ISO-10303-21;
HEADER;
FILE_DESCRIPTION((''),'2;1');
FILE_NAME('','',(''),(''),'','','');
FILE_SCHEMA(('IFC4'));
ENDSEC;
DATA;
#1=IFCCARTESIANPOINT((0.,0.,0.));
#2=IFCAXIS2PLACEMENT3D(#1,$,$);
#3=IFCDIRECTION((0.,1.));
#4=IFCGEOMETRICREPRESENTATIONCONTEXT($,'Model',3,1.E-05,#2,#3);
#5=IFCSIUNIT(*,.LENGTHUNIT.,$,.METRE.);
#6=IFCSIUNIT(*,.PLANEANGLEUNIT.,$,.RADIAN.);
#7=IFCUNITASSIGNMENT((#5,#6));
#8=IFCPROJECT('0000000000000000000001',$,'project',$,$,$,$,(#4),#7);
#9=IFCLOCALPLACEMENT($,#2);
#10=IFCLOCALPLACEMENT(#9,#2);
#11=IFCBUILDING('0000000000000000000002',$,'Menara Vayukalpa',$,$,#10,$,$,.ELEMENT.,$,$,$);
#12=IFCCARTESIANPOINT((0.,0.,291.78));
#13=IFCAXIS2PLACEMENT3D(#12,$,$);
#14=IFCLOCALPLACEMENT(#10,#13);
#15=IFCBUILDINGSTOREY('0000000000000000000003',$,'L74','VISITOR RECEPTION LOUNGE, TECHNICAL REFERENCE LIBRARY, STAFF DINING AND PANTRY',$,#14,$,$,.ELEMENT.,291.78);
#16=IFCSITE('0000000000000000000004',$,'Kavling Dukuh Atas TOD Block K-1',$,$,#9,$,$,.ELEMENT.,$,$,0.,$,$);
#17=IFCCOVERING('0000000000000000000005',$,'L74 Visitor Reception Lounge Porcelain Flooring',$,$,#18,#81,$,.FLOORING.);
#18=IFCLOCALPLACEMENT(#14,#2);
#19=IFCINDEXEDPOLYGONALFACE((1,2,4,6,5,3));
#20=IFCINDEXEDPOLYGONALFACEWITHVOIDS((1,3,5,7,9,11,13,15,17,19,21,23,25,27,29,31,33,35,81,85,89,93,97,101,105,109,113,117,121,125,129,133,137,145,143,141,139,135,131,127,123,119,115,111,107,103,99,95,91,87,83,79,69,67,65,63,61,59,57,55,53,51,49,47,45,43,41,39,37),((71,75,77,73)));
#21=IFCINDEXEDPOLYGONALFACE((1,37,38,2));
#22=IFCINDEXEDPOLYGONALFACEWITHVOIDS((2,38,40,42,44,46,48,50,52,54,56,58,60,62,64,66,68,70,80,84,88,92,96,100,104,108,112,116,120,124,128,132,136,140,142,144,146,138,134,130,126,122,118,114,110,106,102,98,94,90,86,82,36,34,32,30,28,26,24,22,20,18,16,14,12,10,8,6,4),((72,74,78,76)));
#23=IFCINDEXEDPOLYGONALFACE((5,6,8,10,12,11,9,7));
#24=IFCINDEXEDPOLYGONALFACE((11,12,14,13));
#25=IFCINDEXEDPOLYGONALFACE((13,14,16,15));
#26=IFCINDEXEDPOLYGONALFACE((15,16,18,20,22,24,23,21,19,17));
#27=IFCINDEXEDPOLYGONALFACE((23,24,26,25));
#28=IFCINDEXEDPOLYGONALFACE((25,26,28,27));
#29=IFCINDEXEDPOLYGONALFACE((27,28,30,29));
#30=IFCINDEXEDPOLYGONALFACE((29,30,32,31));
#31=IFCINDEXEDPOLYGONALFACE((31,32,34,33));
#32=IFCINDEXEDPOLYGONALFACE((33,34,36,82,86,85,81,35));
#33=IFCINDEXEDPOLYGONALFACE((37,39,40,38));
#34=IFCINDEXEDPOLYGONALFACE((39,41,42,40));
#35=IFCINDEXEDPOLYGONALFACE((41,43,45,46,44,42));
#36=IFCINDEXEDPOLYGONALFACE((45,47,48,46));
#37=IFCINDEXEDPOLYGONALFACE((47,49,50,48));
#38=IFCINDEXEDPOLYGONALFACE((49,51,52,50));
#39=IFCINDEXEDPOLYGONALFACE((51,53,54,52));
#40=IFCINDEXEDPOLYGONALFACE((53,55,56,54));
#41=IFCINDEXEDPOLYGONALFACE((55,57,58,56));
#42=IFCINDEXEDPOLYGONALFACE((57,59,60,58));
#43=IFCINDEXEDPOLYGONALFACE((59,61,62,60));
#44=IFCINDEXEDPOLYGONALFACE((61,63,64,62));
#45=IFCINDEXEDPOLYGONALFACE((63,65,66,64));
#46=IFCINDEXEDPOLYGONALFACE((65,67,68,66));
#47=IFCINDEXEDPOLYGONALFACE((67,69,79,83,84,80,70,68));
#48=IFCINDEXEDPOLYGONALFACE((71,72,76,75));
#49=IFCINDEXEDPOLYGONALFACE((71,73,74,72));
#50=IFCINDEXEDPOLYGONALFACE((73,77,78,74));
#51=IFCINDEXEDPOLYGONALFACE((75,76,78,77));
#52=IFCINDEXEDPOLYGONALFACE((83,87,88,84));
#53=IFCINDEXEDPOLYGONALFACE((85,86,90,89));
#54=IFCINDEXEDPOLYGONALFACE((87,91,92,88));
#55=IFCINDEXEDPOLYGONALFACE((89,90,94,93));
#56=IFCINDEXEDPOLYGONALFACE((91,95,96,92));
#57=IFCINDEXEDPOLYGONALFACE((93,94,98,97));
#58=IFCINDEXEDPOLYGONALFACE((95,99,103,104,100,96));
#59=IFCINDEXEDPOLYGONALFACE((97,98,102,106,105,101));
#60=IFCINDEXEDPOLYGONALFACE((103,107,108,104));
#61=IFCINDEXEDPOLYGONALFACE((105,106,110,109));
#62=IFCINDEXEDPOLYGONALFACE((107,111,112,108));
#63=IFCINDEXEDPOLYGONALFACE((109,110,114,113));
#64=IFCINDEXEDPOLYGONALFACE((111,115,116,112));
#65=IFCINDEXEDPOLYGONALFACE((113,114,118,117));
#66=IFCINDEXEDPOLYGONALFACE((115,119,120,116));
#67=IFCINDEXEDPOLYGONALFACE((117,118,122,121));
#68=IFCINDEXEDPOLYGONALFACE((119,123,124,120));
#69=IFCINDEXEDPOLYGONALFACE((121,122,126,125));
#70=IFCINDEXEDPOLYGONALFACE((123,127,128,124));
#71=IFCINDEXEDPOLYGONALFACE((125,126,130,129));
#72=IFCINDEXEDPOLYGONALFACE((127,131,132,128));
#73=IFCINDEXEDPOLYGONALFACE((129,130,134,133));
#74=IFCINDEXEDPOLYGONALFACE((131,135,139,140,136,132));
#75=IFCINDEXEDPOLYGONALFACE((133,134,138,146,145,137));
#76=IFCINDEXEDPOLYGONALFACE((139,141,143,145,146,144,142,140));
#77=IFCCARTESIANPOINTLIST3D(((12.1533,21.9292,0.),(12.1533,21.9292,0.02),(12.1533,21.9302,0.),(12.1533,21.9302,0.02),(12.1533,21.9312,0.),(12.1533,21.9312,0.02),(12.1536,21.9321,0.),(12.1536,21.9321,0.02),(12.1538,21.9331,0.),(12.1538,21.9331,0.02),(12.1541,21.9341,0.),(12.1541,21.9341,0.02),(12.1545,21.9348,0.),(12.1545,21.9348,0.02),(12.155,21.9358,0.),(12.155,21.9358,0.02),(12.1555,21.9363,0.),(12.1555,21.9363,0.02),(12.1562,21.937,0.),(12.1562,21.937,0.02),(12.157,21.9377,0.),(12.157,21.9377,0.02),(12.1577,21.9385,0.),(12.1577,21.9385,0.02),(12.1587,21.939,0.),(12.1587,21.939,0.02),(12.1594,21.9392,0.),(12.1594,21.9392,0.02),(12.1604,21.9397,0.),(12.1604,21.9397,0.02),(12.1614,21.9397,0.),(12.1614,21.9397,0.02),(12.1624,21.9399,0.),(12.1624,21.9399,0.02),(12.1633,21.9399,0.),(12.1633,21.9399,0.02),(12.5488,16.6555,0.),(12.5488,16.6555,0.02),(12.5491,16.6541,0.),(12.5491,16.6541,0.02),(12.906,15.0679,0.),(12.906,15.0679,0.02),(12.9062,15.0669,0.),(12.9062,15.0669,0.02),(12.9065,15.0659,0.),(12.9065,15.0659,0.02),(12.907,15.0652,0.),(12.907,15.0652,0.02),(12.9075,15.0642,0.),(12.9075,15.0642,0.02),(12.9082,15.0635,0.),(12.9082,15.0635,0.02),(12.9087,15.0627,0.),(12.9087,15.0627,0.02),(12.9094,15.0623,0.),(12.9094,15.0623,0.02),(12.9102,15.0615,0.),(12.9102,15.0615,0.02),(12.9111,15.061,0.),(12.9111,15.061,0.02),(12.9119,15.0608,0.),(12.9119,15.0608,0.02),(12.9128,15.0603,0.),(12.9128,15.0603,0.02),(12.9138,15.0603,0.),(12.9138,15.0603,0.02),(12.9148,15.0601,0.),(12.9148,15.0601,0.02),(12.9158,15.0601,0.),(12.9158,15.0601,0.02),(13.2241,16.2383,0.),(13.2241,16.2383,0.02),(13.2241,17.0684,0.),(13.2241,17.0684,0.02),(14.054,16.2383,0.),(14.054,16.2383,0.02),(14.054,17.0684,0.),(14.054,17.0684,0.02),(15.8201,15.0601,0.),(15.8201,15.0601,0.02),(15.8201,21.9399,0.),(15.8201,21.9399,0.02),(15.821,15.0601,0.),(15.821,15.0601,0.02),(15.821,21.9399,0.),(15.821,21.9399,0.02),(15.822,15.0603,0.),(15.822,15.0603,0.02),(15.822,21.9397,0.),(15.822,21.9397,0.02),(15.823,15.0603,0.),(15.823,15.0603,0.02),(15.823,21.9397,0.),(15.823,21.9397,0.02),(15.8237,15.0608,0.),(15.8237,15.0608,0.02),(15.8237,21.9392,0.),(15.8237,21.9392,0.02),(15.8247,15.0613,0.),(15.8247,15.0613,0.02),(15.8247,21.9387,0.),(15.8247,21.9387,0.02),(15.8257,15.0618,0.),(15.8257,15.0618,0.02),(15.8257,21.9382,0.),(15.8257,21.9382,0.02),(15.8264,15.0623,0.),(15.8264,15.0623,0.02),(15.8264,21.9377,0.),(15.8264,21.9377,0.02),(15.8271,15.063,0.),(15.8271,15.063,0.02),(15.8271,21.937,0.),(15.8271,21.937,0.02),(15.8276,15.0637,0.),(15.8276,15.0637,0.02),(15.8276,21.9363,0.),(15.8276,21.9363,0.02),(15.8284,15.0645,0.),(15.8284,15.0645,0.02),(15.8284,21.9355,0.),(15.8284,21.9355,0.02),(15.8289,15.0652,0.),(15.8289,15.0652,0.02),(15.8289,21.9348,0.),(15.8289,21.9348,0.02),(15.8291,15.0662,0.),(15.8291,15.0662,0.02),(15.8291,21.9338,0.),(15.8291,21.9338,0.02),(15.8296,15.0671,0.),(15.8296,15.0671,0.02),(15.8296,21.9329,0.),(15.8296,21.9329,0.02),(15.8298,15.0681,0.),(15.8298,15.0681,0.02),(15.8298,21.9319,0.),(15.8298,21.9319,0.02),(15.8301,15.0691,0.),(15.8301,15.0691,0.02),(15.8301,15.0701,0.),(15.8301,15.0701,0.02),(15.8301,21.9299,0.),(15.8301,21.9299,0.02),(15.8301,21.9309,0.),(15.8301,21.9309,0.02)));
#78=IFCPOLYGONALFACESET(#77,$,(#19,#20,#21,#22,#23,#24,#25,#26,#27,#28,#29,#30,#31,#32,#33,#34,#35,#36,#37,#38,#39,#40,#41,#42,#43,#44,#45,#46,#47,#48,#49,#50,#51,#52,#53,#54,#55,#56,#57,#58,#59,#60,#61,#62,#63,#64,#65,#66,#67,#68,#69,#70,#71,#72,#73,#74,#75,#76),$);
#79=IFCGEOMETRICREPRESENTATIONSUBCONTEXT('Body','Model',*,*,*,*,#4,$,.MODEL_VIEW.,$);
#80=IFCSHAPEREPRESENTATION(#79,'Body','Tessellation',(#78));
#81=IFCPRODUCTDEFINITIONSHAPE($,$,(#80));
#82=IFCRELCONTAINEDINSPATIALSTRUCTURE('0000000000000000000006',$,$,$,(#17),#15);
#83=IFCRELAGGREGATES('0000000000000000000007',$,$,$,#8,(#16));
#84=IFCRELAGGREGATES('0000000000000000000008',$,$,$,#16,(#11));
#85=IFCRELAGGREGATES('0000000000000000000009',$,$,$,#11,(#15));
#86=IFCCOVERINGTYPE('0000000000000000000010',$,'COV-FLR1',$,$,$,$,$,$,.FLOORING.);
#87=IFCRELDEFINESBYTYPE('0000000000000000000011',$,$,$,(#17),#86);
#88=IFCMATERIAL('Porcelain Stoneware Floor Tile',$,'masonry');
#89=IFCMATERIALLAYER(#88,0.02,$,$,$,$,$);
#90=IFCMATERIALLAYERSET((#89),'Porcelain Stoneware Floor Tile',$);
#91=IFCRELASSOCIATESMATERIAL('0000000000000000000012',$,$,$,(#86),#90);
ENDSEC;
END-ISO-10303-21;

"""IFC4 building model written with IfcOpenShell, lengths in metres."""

from ifc_helpers import new_model, si_unit, direction, frame, origin, place, context, subcontext, project, spatial, polyline, outline, extrude, material, layer, layer_set, type_object, element, save


model = new_model("IFC4")

# Units and contexts
model_context = context("Model", 3, precision=1e-05, world=origin(), true_north=direction((0.0, 1.0)))
body_context = subcontext(model_context, "Body", "Model", "MODEL_VIEW")
ifc_project = project(units=[si_unit("LENGTHUNIT", "METRE"), si_unit("PLANEANGLEUNIT", "RADIAN")], contexts=[model_context])

# Site, building, storey
site_placement = place(None, origin())
site = spatial("IfcSite", under=ifc_project, at=site_placement, Name="Kavling Dukuh Atas TOD Block K-1", CompositionType="ELEMENT", RefElevation=0.0)
building_placement = place(site_placement, origin())
building = spatial("IfcBuilding", under=site, at=building_placement, Name="Menara Vayukalpa", CompositionType="ELEMENT")
storey_placement = place(building_placement, frame((0.0, 0.0, 291.78)))
storey = spatial("IfcBuildingStorey", under=building, at=storey_placement, Name="L74", Description="VISITOR RECEPTION LOUNGE, TECHNICAL REFERENCE LIBRARY, STAFF DINING AND PANTRY", CompositionType="ELEMENT", Elevation=291.78)

# Covering
ifc_material_1 = material(Name="Porcelain Stoneware Floor Tile", Category="masonry")
ifc_layer_1 = layer(ifc_material_1, 0.02)
ifc_layer_set_1 = layer_set([ifc_layer_1], Name="Porcelain Stoneware Floor Tile")
covering_type_1 = type_object("IfcCoveringType", Name="COV-FLR1", PredefinedType="FLOORING", material=ifc_layer_set_1)
covering_1_placement = place(storey_placement, origin())
element("IfcCovering", 1, at=covering_1_placement, inside=storey, type_object=covering_type_1, Name="L74 Visitor Reception Lounge Porcelain Flooring", PredefinedType="FLOORING", context=body_context, shape_type="SweptSolid", body=[
    extrude(outline(polyline([(12.1533, 21.9292), (12.1533, 21.9302), (12.1533, 21.9312), (12.1536, 21.9321), (12.1538, 21.9331), (12.1541, 21.9341), (12.1545, 21.9348), (12.155, 21.9358), (12.1555, 21.9363), (12.1562, 21.937), (12.157, 21.9377), (12.1577, 21.9385), (12.1587, 21.939), (12.1594, 21.9392), (12.1604, 21.9397), (12.1614, 21.9397), (12.1624, 21.9399), (12.1633, 21.9399), (15.8201, 21.9399), (15.821, 21.9399), (15.822, 21.9397), (15.823, 21.9397), (15.8237, 21.9392), (15.8247, 21.9387), (15.8257, 21.9382), (15.8264, 21.9377), (15.8271, 21.937), (15.8276, 21.9363), (15.8284, 21.9355), (15.8289, 21.9348), (15.8291, 21.9338), (15.8296, 21.9329), (15.8298, 21.9319), (15.8301, 21.9309), (15.8301, 21.9299), (15.8301, 15.0701), (15.8301, 15.0691), (15.8298, 15.0681), (15.8296, 15.0671), (15.8291, 15.0662), (15.8289, 15.0652), (15.8284, 15.0645), (15.8276, 15.0637), (15.8271, 15.063), (15.8264, 15.0623), (15.8257, 15.0618), (15.8247, 15.0613), (15.8237, 15.0608), (15.823, 15.0603), (15.822, 15.0603), (15.821, 15.0601), (15.8201, 15.0601), (12.9158, 15.0601), (12.9148, 15.0601), (12.9138, 15.0603), (12.9128, 15.0603), (12.9119, 15.0608), (12.9111, 15.061), (12.9102, 15.0615), (12.9094, 15.0623), (12.9087, 15.0627), (12.9082, 15.0635), (12.9075, 15.0642), (12.907, 15.0652), (12.9065, 15.0659), (12.9062, 15.0669), (12.906, 15.0679), (12.5491, 16.6541), (12.5488, 16.6555), (12.1533, 21.9292)]), holes=[polyline([(14.054, 17.0684), (13.2241, 17.0684), (13.2241, 16.2383), (14.054, 16.2383), (14.054, 17.0684)])]), origin(), (0.0, 0.0, 1.0), 0.02),
])

save(model, "model.ifc")
